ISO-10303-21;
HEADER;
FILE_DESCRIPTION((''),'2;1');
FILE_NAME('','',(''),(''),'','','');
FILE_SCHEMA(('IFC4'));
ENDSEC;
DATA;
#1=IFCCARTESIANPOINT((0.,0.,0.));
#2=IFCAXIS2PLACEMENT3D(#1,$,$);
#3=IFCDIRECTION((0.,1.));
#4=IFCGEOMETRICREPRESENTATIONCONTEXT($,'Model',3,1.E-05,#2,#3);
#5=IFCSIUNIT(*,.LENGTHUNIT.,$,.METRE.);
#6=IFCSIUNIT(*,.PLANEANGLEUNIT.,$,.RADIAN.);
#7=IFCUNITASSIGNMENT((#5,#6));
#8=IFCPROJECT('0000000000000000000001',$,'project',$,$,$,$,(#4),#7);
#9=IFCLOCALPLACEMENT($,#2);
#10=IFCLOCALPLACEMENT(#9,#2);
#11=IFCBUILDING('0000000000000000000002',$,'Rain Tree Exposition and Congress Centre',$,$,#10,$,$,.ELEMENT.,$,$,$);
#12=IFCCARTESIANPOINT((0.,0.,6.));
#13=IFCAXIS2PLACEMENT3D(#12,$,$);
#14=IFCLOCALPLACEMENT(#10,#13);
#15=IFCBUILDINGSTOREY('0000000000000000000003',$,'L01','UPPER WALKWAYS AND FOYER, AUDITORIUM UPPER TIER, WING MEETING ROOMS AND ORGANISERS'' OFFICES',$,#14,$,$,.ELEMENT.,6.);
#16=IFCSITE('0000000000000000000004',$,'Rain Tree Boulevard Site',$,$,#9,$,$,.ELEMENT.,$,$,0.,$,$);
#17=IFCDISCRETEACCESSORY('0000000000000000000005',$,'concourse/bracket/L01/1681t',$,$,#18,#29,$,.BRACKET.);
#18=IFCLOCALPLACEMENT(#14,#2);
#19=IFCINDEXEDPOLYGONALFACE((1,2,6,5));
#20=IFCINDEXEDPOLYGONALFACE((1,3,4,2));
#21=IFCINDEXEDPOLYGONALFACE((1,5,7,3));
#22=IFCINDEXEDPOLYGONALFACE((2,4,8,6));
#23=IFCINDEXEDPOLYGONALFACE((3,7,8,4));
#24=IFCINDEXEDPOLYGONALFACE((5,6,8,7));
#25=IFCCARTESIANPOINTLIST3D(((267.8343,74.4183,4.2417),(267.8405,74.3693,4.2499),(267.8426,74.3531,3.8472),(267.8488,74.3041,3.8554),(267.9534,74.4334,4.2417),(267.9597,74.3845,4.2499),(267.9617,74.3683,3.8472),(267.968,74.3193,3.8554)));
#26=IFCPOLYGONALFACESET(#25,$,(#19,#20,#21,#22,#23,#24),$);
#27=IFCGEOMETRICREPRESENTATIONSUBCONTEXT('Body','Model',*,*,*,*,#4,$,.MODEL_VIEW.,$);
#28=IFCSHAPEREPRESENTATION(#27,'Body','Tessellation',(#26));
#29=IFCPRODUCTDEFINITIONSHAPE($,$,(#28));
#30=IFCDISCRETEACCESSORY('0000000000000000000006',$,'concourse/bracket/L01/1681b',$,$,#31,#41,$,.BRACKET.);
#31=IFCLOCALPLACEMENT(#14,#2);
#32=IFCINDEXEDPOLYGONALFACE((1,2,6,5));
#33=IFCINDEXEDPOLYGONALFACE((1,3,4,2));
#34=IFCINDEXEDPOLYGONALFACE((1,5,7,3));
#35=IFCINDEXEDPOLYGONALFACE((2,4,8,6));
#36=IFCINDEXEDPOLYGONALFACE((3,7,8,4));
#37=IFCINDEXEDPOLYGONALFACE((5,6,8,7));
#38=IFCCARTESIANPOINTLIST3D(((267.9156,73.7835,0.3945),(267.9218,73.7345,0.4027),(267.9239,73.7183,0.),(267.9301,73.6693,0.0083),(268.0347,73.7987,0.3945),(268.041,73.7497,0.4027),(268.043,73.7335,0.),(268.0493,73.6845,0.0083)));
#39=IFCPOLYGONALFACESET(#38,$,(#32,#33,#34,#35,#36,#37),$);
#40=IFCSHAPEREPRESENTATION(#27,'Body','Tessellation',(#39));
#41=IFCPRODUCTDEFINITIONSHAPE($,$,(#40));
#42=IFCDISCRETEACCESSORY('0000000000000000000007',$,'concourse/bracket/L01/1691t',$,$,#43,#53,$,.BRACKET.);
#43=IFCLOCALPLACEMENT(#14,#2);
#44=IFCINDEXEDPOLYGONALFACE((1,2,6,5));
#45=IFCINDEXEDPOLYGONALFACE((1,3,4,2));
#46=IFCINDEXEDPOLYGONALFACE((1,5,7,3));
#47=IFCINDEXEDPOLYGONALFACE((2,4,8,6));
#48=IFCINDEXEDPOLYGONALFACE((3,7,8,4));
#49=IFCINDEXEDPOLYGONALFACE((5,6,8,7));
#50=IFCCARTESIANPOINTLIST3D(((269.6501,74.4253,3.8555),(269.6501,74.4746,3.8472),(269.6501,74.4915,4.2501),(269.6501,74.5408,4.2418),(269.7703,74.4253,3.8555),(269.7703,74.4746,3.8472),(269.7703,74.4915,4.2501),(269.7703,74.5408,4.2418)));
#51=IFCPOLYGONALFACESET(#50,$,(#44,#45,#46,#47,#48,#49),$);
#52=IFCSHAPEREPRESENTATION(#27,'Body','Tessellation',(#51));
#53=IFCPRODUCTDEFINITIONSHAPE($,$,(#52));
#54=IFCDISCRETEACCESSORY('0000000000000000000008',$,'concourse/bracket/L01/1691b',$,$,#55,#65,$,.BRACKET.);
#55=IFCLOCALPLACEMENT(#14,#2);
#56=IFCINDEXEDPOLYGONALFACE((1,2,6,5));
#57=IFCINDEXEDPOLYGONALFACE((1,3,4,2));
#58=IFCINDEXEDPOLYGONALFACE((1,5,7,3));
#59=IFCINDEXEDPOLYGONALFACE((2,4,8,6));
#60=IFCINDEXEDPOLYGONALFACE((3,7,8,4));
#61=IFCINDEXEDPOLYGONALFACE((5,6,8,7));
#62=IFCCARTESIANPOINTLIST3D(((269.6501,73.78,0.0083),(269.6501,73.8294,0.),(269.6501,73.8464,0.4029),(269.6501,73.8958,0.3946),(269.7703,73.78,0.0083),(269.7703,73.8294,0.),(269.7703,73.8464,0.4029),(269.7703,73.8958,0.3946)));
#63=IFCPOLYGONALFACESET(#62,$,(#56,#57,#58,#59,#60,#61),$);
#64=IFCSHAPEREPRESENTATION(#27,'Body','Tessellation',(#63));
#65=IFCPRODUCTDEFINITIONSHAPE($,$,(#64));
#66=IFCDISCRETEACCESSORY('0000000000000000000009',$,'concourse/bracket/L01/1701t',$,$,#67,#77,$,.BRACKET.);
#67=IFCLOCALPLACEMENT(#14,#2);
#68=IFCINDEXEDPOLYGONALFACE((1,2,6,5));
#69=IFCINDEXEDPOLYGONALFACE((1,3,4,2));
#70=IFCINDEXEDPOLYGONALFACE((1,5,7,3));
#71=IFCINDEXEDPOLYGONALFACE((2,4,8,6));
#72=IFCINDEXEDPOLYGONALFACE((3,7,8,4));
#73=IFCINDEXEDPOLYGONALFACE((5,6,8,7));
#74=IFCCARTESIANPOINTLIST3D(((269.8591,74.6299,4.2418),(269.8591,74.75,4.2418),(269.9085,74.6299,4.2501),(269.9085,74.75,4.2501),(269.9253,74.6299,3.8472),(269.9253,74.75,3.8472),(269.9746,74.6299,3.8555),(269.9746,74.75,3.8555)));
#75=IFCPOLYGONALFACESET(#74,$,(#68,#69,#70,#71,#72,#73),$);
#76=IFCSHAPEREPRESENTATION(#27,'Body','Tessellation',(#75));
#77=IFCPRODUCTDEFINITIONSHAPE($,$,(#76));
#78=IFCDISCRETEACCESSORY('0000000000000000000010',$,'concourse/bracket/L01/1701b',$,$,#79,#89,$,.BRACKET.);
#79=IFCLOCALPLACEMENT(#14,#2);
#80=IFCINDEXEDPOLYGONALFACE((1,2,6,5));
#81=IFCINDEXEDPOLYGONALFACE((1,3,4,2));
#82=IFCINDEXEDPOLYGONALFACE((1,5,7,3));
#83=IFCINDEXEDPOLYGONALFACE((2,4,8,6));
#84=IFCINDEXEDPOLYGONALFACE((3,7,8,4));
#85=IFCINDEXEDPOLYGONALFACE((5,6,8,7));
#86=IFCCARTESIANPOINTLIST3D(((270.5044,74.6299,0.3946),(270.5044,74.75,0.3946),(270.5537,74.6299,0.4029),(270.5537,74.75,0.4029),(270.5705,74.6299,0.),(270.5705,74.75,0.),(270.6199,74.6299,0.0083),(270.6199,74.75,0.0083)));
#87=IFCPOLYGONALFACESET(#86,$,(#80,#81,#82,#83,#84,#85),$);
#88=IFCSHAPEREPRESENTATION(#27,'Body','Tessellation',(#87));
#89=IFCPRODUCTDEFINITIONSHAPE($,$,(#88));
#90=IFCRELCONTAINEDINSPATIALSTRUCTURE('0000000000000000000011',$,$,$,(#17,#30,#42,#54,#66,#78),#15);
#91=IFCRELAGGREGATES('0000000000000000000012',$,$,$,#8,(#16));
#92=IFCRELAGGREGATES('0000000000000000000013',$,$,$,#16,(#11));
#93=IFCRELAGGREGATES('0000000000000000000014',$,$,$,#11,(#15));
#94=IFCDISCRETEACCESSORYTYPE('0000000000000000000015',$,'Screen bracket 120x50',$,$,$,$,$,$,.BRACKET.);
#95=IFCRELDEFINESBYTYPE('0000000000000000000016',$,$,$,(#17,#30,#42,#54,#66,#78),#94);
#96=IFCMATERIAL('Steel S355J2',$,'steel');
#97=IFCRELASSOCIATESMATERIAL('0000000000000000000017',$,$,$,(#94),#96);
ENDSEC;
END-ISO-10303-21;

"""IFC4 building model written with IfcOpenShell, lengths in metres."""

from ifc_helpers import new_model, si_unit, direction, frame, origin, origin_2d, place, context, subcontext, project, spatial, rectangle, extrude, material, material_profile, profile_set, type_object, element, save


model = new_model("IFC4")

# Units and contexts
model_context = context("Model", 3, precision=1e-05, world=origin(), true_north=direction((0.0, 1.0)))
body_context = subcontext(model_context, "Body", "Model", "MODEL_VIEW")
ifc_project = project(units=[si_unit("LENGTHUNIT", "METRE"), si_unit("PLANEANGLEUNIT", "RADIAN")], contexts=[model_context])

# Site, building, storey
site_placement = place(None, origin())
site = spatial("IfcSite", under=ifc_project, at=site_placement, Name="Rain Tree Boulevard Site", CompositionType="ELEMENT", RefElevation=0.0)
building_placement = place(site_placement, origin())
building = spatial("IfcBuilding", under=site, at=building_placement, Name="Rain Tree Exposition and Congress Centre", CompositionType="ELEMENT")
storey_placement = place(building_placement, frame((0.0, 0.0, 6.0)))
storey = spatial("IfcBuildingStorey", under=building, at=storey_placement, Name="L01", Description="UPPER WALKWAYS AND FOYER, AUDITORIUM UPPER TIER, WING MEETING ROOMS AND ORGANISERS' OFFICES", CompositionType="ELEMENT", Elevation=6.0)

# Discrete accessories
ifc_material_1 = material(Name="Steel S355J2", Category="steel")
ifc_material_profile = material_profile(ifc_material_1, rectangle(XDim=0.1201, YDim=0.05, at=origin_2d()), Name="Flat bar 120x50")
ifc_profile_set = profile_set([ifc_material_profile], Name="Steel S355J2")
discrete_accessory_type = type_object("IfcDiscreteAccessoryType", Name="Screen bracket 120x50", PredefinedType="BRACKET", material=ifc_profile_set)
for number, where, z_axis, x_axis, name in (
    (1, (267.9053, 74.3362, 3.8513), (-0.020754, 0.162978, 0.986411), (-0.991989, -0.126321, 0.0), "concourse/bracket/L01/1681t"),
    (2, (267.9866, 73.7014, 0.0042), (-0.020754, 0.162978, 0.986411), (-0.991989, -0.126321, 0.0), "concourse/bracket/L01/1681b"),
):
    element("IfcDiscreteAccessory", number, at=place(storey_placement, frame(where, z_axis=z_axis, x_axis=x_axis)), inside=storey, type_object=discrete_accessory_type, Name=name, PredefinedType="BRACKET", context=body_context, shape_type="SweptSolid", body=[
        extrude(rectangle(XDim=0.1201, YDim=0.05, at=origin_2d()), origin(), (0.0, 0.0, 1.0), 0.3999),
    ])
for number, where, z_axis, x_axis, name in (
    (3, (269.7102, 74.45, 3.8513), (0.0, 0.165389, 0.986228), (-1.0, 0.0, 0.0), "concourse/bracket/L01/1691t"),
    (4, (269.7102, 73.8047, 0.0042), (0.0, 0.165982, 0.986129), (-1.0, 0.0, 0.0), "concourse/bracket/L01/1691b"),
    (5, (269.95, 74.6899, 3.8513), (-0.165389, 0.0, 0.986228), (0.0, -1.0, 0.0), "concourse/bracket/L01/1701t"),
    (6, (270.5952, 74.6899, 0.0042), (-0.165389, 0.0, 0.986228), (0.0, -1.0, 0.0), "concourse/bracket/L01/1701b"),
):
    element("IfcDiscreteAccessory", number, at=place(storey_placement, frame(where, z_axis=z_axis, x_axis=x_axis)), inside=storey, type_object=discrete_accessory_type, Name=name, PredefinedType="BRACKET", context=body_context, shape_type="SweptSolid", body=[
        extrude(rectangle(XDim=0.1201, YDim=0.05, at=origin_2d()), origin(), (0.0, 0.0, 1.0), 0.4001),
    ])

save(model, "model.ifc")
